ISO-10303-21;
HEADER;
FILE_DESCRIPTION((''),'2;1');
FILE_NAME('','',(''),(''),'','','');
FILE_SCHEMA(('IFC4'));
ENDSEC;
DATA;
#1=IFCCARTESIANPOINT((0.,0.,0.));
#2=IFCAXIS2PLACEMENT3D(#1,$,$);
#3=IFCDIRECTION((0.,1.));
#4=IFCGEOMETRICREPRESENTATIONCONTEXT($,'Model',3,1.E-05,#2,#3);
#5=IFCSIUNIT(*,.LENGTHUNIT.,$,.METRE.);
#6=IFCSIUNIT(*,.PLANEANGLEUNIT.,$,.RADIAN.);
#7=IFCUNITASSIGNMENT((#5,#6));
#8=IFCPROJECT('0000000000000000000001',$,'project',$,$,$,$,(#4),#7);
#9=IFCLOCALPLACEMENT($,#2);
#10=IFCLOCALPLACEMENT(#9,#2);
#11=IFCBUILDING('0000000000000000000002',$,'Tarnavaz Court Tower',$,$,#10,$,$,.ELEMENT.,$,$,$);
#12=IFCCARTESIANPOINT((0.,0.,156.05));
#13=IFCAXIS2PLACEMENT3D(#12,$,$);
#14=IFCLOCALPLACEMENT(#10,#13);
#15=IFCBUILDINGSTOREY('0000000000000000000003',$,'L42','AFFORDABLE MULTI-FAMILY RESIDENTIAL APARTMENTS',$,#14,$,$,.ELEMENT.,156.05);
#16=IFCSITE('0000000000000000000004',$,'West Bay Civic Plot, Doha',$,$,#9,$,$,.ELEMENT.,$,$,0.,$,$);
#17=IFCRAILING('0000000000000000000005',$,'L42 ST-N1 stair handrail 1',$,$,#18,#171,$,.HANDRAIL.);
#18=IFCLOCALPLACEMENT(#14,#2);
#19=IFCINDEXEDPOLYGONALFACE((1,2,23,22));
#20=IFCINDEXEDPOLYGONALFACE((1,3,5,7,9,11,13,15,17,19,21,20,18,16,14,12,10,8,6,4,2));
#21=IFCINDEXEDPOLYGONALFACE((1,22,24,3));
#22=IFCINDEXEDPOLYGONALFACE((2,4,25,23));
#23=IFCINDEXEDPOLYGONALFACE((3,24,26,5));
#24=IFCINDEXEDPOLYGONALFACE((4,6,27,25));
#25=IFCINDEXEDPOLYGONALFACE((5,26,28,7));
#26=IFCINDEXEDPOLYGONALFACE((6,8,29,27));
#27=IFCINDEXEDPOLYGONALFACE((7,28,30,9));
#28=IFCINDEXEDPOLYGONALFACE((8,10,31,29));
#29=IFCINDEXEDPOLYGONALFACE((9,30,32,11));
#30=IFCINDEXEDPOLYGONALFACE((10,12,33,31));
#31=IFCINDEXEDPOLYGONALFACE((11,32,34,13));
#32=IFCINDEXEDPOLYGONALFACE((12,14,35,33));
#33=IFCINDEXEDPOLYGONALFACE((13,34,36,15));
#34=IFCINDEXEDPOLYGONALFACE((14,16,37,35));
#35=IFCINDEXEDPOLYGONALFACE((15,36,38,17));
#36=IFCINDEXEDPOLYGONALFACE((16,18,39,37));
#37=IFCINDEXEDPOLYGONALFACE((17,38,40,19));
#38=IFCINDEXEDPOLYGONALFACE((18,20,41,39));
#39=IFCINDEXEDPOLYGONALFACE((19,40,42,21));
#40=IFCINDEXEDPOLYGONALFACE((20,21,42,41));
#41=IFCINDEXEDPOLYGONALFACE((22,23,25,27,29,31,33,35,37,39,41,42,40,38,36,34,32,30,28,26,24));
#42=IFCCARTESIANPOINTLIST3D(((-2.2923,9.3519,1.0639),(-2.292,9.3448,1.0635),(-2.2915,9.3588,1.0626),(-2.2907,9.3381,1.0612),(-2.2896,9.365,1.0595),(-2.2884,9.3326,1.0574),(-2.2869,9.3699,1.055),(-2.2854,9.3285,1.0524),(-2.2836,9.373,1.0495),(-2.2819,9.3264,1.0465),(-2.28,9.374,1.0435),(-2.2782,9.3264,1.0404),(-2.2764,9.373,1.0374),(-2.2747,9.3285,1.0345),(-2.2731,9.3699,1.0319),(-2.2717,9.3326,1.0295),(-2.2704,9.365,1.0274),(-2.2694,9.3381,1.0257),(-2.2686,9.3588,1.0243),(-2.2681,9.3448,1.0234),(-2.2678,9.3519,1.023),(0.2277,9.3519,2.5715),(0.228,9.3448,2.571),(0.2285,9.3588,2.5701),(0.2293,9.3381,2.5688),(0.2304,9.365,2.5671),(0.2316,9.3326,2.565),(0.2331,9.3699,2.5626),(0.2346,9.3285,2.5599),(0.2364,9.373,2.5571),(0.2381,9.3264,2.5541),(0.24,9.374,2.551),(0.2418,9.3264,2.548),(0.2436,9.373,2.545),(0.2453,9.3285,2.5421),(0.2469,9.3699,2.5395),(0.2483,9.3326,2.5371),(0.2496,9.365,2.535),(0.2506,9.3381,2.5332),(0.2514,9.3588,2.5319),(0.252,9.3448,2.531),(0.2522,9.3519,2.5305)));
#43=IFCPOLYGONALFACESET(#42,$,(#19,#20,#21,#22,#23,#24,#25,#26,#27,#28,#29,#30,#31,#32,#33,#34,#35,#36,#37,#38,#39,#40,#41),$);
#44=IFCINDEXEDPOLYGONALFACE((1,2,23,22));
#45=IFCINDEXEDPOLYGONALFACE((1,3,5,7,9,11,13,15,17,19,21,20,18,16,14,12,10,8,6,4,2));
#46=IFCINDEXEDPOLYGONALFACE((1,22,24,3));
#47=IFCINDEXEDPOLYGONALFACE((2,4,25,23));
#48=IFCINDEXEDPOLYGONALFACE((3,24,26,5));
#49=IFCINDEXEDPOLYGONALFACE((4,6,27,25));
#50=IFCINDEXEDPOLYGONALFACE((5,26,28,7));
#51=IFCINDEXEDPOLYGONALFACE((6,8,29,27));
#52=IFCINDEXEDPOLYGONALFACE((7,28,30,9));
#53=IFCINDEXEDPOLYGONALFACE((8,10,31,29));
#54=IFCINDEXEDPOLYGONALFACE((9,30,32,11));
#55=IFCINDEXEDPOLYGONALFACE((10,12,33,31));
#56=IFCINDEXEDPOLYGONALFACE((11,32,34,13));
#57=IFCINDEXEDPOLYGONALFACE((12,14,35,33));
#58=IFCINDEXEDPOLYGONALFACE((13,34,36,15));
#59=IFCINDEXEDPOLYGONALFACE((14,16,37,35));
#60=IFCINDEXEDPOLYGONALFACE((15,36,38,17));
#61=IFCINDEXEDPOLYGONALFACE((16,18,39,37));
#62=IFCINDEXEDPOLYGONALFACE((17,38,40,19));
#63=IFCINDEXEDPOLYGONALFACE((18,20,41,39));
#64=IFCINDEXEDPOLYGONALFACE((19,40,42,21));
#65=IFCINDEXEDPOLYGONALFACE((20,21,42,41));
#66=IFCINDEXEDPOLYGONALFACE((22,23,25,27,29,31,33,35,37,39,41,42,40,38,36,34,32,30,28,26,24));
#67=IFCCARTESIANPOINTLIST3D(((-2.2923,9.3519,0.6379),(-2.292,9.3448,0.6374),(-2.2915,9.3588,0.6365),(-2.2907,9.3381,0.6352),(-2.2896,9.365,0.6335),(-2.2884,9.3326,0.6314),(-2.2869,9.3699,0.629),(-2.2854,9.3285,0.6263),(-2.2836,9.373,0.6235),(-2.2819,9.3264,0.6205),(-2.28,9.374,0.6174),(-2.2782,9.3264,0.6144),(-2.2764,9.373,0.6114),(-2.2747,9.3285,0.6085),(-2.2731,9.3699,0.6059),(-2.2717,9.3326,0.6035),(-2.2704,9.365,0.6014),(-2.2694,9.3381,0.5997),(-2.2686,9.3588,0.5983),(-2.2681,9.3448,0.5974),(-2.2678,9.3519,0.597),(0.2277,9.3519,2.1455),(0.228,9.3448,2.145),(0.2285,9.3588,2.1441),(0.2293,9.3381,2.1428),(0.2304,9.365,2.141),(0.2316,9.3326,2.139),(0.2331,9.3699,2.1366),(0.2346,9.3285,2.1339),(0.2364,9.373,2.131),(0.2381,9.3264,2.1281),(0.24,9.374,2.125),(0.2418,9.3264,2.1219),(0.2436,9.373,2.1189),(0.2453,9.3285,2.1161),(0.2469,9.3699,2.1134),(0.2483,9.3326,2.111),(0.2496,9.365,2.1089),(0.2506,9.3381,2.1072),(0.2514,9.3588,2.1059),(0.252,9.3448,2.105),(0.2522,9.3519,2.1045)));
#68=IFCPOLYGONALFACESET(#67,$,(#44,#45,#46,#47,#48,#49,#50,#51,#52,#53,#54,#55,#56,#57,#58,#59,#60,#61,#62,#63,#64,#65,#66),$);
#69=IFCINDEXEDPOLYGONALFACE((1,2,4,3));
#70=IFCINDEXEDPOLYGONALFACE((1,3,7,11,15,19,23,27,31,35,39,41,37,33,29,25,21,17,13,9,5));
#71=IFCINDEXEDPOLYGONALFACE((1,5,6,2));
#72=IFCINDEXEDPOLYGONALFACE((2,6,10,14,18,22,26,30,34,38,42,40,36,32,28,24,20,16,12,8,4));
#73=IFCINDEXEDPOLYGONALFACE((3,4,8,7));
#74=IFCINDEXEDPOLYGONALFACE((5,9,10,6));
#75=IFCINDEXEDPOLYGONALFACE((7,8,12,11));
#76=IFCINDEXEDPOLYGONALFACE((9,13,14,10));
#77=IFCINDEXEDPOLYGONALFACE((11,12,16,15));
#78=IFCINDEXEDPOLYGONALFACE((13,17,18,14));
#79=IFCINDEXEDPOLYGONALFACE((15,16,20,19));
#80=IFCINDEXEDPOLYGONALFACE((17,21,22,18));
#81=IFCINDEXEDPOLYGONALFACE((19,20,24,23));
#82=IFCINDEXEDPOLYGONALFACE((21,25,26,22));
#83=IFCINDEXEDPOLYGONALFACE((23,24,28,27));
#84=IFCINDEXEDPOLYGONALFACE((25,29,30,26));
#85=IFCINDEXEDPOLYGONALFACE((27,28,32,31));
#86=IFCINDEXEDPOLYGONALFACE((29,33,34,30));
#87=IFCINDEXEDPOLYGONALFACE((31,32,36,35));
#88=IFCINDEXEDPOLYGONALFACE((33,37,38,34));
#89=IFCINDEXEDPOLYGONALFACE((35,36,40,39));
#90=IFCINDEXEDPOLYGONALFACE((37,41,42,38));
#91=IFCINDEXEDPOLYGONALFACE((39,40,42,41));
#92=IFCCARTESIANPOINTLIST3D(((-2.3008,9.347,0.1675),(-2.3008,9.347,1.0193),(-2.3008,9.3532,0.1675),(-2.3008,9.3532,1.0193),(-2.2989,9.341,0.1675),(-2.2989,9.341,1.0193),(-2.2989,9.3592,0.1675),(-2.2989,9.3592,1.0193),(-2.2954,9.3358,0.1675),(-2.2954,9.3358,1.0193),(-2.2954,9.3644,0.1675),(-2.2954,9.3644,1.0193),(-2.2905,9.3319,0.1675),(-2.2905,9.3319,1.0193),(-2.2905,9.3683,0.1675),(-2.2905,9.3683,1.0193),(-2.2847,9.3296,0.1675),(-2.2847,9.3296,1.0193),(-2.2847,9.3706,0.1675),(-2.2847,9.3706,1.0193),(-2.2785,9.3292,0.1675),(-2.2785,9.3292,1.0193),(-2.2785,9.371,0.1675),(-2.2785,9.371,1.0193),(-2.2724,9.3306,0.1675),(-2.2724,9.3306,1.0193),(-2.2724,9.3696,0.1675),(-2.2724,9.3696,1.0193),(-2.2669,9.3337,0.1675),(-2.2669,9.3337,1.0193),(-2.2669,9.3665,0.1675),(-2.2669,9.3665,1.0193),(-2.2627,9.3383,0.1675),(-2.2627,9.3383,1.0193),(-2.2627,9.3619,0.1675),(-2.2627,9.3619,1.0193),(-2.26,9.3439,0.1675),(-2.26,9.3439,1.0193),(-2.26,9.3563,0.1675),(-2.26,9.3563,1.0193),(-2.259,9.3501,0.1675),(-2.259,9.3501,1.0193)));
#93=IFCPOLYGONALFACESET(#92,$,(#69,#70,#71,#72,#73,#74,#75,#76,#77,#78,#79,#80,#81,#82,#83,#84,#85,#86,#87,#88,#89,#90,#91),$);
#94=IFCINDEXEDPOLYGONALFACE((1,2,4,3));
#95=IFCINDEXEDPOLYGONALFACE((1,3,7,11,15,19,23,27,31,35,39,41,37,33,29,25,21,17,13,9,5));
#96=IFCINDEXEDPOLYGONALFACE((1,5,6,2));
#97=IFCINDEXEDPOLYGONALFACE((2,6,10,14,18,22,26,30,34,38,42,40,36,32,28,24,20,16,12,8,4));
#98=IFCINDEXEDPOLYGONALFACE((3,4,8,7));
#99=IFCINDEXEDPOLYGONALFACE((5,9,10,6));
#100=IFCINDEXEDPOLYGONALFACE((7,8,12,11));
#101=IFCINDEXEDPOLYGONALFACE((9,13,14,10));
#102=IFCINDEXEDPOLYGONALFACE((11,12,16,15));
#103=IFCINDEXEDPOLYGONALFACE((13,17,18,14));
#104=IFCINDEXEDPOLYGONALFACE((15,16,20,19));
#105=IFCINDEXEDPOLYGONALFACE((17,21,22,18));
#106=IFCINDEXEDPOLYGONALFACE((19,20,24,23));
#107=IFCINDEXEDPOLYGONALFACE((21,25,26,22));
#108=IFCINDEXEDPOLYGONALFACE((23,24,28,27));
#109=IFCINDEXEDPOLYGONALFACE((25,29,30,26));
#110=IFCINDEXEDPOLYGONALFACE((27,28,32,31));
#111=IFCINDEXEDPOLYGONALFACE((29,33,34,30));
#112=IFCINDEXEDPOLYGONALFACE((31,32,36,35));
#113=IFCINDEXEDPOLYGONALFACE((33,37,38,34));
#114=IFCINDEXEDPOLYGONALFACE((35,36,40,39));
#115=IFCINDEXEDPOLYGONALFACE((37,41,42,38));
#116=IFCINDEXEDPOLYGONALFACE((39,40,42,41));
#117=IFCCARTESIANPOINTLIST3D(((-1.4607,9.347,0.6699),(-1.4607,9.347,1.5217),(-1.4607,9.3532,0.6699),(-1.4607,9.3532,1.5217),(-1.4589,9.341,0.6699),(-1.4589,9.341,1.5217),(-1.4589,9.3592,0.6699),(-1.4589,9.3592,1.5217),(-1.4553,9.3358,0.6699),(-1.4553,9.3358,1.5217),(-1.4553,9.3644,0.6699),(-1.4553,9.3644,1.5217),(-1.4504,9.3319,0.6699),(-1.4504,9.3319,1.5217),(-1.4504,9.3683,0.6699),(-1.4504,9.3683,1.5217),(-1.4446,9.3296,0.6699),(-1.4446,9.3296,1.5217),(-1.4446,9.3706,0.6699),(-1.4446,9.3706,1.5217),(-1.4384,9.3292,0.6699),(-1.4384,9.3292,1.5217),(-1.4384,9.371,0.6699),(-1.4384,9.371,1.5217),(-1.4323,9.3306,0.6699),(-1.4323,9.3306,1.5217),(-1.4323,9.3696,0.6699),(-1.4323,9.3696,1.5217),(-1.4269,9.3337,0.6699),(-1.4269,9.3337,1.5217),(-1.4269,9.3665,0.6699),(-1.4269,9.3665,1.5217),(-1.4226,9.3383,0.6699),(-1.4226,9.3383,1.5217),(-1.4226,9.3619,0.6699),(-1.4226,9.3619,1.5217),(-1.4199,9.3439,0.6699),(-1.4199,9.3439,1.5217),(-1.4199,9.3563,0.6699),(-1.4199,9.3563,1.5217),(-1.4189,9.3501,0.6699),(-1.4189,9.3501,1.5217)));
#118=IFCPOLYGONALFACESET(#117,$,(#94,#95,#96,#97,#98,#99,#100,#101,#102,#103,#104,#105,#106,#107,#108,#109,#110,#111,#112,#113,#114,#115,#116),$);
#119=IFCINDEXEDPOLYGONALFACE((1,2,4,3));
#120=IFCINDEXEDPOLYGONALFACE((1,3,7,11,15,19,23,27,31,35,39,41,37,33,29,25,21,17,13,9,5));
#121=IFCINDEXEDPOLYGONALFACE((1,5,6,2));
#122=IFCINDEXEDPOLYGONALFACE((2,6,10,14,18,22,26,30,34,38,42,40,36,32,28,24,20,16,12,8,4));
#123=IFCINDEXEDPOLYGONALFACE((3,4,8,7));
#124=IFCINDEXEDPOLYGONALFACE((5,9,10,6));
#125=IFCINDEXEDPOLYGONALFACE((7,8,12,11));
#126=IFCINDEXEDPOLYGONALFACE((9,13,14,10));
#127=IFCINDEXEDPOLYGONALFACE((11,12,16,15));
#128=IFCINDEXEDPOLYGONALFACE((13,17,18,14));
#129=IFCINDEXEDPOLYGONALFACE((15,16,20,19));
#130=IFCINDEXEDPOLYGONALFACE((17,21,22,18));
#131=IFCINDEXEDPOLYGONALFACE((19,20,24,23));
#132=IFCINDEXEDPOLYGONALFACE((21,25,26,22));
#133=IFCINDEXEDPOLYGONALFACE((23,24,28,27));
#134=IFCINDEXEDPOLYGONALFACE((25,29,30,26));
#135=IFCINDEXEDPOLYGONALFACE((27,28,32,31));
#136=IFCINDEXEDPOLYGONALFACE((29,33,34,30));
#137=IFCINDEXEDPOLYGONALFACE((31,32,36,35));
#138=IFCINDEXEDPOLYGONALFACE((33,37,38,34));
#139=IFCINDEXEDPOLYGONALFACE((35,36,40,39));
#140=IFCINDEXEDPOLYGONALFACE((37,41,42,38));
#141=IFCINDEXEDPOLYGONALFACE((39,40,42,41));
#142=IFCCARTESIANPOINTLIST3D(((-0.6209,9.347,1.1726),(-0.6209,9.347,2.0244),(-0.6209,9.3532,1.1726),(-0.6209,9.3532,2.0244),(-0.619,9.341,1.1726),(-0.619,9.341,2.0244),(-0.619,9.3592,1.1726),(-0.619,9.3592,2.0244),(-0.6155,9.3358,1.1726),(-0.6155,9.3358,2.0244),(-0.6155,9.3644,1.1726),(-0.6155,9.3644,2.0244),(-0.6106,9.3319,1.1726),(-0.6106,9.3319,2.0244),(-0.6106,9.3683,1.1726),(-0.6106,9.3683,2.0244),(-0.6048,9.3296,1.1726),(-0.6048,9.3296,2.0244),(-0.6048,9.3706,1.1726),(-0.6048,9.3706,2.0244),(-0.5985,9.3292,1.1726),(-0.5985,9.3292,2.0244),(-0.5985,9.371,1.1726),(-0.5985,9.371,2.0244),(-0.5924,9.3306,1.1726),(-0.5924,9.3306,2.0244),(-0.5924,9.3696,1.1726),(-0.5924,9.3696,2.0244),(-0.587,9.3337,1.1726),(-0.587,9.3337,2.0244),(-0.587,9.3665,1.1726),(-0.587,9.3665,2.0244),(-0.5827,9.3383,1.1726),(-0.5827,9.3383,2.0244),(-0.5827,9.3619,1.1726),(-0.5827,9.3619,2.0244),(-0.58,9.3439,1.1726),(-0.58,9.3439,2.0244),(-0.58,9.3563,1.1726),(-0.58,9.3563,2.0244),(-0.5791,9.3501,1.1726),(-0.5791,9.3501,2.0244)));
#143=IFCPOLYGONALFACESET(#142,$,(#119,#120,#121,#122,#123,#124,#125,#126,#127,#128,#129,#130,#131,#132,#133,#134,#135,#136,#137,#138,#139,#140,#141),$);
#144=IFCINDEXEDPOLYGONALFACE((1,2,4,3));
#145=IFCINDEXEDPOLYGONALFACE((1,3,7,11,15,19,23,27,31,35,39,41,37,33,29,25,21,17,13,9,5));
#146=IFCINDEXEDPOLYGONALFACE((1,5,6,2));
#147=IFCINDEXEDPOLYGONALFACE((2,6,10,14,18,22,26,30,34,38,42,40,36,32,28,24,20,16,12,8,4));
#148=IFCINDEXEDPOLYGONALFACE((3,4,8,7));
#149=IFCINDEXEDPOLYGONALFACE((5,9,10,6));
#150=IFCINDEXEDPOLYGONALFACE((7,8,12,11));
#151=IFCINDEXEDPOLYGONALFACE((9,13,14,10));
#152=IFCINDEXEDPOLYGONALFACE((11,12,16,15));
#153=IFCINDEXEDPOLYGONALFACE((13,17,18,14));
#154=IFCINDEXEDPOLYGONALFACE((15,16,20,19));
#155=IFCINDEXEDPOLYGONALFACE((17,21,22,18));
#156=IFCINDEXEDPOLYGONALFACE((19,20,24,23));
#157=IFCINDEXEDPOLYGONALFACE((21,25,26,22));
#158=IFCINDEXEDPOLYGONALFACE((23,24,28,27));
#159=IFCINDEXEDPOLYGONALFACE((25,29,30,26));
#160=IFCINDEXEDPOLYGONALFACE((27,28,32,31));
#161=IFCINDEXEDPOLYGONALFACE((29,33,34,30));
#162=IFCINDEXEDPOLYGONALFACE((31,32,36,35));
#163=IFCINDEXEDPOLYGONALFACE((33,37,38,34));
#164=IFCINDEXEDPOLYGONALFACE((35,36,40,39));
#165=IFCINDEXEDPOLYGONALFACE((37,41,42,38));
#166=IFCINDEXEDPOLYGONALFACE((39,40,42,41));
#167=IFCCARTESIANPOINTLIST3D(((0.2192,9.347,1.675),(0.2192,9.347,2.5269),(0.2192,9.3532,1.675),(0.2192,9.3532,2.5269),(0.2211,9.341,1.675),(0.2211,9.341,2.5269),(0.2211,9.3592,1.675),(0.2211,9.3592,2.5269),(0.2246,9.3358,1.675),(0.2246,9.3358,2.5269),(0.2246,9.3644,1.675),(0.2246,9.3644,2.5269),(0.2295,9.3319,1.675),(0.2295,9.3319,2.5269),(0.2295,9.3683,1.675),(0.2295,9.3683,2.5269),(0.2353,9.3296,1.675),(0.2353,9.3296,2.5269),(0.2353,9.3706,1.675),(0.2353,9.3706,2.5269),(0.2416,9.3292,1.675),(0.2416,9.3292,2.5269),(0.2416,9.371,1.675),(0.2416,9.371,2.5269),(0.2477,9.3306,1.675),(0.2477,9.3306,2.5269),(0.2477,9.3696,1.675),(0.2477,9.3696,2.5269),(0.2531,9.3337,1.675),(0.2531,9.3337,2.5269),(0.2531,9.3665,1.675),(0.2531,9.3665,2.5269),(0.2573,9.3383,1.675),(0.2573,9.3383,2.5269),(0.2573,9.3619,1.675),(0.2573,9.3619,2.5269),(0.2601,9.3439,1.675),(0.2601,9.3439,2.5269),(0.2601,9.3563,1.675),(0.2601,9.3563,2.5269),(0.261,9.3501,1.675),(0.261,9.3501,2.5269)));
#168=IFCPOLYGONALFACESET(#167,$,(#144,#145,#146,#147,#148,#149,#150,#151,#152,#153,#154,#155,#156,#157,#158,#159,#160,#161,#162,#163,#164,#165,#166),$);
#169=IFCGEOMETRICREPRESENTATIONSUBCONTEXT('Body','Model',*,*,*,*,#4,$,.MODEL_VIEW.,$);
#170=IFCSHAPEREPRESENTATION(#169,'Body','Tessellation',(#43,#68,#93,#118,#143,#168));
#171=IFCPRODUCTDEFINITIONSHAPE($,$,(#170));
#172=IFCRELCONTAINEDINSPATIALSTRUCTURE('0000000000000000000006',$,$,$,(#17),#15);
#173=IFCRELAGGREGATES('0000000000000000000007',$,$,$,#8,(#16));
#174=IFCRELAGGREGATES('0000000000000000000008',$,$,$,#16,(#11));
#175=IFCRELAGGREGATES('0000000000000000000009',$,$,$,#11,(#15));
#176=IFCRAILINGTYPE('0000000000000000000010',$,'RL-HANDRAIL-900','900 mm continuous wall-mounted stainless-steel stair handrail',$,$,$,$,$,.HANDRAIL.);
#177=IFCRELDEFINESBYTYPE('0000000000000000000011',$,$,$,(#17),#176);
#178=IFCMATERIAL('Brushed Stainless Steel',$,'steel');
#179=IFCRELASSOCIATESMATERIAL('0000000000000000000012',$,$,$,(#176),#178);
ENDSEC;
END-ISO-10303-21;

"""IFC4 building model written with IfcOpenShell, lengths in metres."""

from ifc_helpers import new_model, si_unit, direction, frame, origin, origin_2d, place, context, subcontext, project, spatial, circle, extrude, material, type_object, element, save


model = new_model("IFC4")

# Units and contexts
model_context = context("Model", 3, precision=1e-05, world=origin(), true_north=direction((0.0, 1.0)))
body_context = subcontext(model_context, "Body", "Model", "MODEL_VIEW")
ifc_project = project(units=[si_unit("LENGTHUNIT", "METRE"), si_unit("PLANEANGLEUNIT", "RADIAN")], contexts=[model_context])

# Site, building, storey
site_placement = place(None, origin())
site = spatial("IfcSite", under=ifc_project, at=site_placement, Name="West Bay Civic Plot, Doha", CompositionType="ELEMENT", RefElevation=0.0)
building_placement = place(site_placement, origin())
building = spatial("IfcBuilding", under=site, at=building_placement, Name="Tarnavaz Court Tower", CompositionType="ELEMENT")
storey_placement = place(building_placement, frame((0.0, 0.0, 156.05)))
storey = spatial("IfcBuildingStorey", under=building, at=storey_placement, Name="L42", Description="AFFORDABLE MULTI-FAMILY RESIDENTIAL APARTMENTS", CompositionType="ELEMENT", Elevation=156.05)

# Railing
ifc_material_1 = material(Name="Brushed Stainless Steel", Category="steel")
railing_type_1 = type_object("IfcRailingType", Name="RL-HANDRAIL-900", Description="900 mm continuous wall-mounted stainless-steel stair handrail", PredefinedType="HANDRAIL", material=ifc_material_1)
railing_1_placement = place(storey_placement, frame((-2.28, 9.3501, 0.1675)))
element("IfcRailing", 1, at=railing_1_placement, inside=storey, type_object=railing_type_1, Name="L42 ST-N1 stair handrail 1", PredefinedType="HANDRAIL", context=body_context, shape_type="SweptSolid", body=[
    extrude(circle(Radius=0.0239, at=origin_2d()), frame((0.0, 0.0, 0.876), z_axis=(0.85816, 0.0, 0.513383), x_axis=(0.0, 1.0, 0.0)), (0.0, 0.0, 1.0), 2.9365),
    extrude(circle(Radius=0.0239, at=origin_2d()), frame((0.0, 0.0, 0.45), z_axis=(0.85816, 0.0, 0.513383), x_axis=(0.0, 1.0, 0.0)), (0.0, 0.0, 1.0), 2.9365),
    extrude(circle(Radius=0.021, at=origin_2d()), origin(), (0.0, 0.0, 1.0), 0.8518),
    extrude(circle(Radius=0.021, at=origin_2d()), frame((0.8401, 0.0, 0.5024)), (0.0, 0.0, 1.0), 0.8518),
    extrude(circle(Radius=0.021, at=origin_2d()), frame((1.6799, 0.0, 1.0051)), (0.0, 0.0, 1.0), 0.8518),
    extrude(circle(Radius=0.021, at=origin_2d()), frame((2.52, 0.0, 1.5076)), (0.0, 0.0, 1.0), 0.8518),
])

save(model, "model.ifc")
